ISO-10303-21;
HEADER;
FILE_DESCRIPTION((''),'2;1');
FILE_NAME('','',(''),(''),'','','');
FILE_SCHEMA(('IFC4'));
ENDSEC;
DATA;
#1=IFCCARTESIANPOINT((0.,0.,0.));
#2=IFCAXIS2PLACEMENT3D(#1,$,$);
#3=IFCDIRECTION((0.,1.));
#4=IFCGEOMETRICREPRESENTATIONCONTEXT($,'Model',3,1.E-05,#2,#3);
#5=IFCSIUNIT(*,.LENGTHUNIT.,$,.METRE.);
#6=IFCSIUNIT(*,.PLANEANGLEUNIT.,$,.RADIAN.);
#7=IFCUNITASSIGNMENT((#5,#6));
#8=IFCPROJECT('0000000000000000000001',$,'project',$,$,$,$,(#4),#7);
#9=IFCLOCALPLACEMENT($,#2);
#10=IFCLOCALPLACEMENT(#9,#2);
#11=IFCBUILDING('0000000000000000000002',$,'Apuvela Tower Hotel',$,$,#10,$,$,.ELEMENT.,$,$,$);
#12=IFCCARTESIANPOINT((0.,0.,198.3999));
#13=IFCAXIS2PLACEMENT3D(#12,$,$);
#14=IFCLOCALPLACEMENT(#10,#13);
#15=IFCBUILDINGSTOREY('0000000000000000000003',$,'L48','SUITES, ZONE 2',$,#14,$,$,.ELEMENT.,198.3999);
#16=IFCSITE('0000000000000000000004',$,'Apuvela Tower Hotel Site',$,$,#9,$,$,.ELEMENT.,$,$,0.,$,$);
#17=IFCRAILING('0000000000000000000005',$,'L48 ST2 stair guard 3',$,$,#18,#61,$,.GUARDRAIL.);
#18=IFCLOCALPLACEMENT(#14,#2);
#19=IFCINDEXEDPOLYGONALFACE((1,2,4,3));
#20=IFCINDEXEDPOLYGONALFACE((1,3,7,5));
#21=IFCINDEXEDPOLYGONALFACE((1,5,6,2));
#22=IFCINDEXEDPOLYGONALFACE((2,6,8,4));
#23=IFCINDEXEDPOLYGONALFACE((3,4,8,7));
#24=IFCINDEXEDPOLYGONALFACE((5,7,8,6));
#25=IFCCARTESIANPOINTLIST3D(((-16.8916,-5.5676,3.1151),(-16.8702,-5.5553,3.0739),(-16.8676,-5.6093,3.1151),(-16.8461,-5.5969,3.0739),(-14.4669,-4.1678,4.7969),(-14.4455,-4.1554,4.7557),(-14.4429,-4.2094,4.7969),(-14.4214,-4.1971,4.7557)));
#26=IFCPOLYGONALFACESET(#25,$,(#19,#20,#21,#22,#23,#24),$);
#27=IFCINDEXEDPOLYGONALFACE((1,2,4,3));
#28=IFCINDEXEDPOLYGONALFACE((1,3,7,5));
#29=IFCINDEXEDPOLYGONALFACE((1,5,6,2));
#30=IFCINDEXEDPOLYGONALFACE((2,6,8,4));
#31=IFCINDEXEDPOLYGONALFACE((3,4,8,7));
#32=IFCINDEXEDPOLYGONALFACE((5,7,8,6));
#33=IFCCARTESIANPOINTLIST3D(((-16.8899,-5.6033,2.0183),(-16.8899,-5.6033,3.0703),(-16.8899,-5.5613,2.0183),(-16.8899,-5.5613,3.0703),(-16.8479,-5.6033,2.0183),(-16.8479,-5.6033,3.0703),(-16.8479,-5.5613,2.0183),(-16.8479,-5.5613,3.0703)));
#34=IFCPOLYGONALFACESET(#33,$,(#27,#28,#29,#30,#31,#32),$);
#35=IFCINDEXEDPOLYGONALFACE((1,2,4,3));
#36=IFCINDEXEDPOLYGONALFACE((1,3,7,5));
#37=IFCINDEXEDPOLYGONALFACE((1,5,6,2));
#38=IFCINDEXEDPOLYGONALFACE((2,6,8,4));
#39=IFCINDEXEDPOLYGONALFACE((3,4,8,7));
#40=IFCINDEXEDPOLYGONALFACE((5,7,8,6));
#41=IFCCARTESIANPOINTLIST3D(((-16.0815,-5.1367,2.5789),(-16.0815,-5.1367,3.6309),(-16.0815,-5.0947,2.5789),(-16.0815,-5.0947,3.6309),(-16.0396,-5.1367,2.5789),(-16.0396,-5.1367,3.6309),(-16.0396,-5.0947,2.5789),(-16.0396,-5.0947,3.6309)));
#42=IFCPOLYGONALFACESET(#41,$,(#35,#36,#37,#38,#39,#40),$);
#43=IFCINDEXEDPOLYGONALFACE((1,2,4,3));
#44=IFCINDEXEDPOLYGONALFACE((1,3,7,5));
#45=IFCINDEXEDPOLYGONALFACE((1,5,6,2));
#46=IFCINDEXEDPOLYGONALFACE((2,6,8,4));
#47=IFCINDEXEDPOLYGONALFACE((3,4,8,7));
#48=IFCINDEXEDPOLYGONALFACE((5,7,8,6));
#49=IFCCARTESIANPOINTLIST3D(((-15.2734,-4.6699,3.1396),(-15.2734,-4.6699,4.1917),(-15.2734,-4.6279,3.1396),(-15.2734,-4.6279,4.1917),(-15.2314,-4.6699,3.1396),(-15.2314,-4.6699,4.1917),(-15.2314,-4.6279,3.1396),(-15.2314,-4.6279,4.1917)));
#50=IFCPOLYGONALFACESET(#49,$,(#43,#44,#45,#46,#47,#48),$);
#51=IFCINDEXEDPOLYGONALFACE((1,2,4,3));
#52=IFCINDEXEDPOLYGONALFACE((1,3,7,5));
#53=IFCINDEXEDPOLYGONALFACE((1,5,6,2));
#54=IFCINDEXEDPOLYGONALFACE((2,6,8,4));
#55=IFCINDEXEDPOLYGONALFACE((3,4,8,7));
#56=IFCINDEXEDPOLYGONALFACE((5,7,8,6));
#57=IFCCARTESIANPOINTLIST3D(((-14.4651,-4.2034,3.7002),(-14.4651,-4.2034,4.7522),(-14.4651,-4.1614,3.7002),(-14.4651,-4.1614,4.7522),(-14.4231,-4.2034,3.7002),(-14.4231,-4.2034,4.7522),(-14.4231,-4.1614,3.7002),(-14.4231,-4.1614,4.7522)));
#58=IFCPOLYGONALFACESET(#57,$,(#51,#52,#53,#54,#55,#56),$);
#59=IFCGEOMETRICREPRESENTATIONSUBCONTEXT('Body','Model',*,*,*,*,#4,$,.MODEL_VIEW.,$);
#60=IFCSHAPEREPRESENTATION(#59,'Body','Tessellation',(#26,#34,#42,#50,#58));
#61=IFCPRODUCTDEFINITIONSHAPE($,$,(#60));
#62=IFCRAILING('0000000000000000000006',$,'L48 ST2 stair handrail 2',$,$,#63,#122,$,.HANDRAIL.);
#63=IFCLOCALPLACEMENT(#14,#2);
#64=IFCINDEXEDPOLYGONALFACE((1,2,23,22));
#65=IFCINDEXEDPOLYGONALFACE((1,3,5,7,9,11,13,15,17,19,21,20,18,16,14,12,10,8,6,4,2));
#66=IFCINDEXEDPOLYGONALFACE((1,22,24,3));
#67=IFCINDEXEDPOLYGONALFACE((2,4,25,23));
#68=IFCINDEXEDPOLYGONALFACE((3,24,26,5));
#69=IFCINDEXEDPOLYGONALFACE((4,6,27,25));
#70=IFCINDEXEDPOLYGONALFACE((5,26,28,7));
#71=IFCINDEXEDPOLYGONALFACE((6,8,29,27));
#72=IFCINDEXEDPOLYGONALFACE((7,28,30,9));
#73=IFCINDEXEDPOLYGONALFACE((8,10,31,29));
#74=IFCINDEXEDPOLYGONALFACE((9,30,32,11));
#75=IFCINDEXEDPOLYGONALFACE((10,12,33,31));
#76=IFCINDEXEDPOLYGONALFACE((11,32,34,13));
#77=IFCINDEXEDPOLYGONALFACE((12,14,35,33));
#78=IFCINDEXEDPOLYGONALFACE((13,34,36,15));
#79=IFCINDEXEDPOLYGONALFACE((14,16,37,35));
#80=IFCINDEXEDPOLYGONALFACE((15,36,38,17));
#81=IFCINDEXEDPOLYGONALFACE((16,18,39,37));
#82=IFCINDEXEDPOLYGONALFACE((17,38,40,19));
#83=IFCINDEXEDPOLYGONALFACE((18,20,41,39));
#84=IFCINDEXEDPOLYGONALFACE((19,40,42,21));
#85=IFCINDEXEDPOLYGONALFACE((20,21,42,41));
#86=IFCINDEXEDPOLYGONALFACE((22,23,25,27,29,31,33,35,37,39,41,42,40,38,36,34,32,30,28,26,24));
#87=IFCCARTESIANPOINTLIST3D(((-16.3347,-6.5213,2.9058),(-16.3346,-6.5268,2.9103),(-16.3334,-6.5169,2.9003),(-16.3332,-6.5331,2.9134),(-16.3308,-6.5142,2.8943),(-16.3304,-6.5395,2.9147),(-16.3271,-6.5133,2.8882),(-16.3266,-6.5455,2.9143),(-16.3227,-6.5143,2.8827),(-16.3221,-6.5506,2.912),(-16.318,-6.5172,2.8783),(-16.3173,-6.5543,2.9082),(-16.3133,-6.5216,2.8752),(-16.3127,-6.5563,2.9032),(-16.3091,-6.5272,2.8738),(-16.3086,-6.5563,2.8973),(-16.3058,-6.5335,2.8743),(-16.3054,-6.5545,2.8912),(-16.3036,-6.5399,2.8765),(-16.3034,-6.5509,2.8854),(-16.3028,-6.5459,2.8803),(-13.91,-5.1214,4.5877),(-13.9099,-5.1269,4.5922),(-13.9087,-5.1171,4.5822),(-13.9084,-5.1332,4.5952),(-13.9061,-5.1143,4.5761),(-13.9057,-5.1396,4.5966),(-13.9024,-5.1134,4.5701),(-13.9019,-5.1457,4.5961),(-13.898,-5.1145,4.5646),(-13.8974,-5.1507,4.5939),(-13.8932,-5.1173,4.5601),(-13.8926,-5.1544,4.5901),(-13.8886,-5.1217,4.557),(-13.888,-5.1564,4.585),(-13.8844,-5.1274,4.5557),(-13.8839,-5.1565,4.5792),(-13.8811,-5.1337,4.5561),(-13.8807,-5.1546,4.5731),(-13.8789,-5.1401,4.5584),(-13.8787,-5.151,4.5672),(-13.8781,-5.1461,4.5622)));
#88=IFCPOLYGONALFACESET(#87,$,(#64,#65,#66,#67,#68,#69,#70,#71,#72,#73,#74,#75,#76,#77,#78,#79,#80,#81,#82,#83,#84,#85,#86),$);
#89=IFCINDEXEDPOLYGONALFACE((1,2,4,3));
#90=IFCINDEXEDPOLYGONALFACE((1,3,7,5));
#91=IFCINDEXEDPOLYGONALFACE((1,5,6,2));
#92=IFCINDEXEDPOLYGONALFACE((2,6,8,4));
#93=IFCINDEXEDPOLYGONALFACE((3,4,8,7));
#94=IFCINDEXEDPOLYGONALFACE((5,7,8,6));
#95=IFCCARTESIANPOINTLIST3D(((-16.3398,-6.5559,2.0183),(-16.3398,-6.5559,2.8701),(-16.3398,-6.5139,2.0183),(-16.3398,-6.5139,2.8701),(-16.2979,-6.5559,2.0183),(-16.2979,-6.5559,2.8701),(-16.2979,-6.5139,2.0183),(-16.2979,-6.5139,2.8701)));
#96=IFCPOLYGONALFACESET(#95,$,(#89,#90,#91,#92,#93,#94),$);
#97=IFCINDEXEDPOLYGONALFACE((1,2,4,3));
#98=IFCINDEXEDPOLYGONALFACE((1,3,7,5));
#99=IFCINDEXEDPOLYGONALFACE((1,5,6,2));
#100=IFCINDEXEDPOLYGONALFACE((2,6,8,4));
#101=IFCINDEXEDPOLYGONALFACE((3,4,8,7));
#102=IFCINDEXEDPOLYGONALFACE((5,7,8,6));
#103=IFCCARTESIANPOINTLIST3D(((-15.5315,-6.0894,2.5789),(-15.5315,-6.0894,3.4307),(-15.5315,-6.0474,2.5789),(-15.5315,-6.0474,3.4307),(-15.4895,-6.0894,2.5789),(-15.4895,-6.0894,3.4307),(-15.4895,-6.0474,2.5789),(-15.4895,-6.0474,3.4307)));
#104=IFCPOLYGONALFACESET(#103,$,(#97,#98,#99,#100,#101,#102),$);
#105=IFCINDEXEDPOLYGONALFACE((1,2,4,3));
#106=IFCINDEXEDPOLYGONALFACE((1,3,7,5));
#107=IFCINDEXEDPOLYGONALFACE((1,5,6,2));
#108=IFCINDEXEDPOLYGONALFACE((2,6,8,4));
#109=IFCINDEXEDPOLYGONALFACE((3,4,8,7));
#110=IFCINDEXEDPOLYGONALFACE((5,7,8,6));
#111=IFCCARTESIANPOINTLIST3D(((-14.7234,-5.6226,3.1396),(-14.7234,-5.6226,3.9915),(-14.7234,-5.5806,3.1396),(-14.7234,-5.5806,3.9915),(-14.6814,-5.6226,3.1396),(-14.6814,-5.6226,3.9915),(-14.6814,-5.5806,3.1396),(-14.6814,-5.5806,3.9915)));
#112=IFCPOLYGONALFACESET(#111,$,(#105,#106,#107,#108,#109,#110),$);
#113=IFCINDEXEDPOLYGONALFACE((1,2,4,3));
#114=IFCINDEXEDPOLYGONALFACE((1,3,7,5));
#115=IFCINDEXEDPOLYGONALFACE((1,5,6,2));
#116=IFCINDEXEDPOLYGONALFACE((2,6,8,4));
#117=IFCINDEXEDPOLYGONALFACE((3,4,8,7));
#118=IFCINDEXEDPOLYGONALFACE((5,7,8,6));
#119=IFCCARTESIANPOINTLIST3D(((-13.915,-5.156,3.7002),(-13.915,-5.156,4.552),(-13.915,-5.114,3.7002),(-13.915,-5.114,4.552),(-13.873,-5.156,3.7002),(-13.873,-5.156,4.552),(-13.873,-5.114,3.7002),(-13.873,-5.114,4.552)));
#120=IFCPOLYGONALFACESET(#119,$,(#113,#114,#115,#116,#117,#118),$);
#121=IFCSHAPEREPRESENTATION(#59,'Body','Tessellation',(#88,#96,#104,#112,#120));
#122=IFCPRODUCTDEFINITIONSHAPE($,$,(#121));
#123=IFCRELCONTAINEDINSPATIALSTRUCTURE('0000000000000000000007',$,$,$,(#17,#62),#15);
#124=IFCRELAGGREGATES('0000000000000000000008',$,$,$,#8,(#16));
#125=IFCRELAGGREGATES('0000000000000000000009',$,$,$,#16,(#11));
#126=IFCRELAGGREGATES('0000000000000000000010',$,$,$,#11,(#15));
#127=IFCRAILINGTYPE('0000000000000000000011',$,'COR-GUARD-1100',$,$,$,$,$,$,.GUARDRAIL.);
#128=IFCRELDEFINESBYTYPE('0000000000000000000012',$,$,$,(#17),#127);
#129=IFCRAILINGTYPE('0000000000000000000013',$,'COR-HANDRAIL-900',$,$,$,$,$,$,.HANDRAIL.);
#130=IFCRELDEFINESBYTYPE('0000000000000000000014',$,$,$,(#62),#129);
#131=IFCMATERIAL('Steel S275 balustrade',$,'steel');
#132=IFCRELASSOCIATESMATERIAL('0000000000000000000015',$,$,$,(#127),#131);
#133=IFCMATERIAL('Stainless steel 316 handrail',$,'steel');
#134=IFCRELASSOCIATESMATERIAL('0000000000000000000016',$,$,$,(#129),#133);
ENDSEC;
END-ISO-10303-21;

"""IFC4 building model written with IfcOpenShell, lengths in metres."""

from ifc_helpers import new_model, si_unit, direction, frame, origin, origin_2d, place, context, subcontext, project, spatial, rectangle, circle, extrude, material, type_object, element, save


model = new_model("IFC4")

# Units and contexts
model_context = context("Model", 3, precision=1e-05, world=origin(), true_north=direction((0.0, 1.0)))
body_context = subcontext(model_context, "Body", "Model", "MODEL_VIEW")
ifc_project = project(units=[si_unit("LENGTHUNIT", "METRE"), si_unit("PLANEANGLEUNIT", "RADIAN")], contexts=[model_context])

# Site, building, storey
site_placement = place(None, origin())
site = spatial("IfcSite", under=ifc_project, at=site_placement, Name="Apuvela Tower Hotel Site", CompositionType="ELEMENT", RefElevation=0.0)
building_placement = place(site_placement, origin())
building = spatial("IfcBuilding", under=site, at=building_placement, Name="Apuvela Tower Hotel", CompositionType="ELEMENT")
storey_placement = place(building_placement, frame((0.0, 0.0, 198.3999)))
storey = spatial("IfcBuildingStorey", under=building, at=storey_placement, Name="L48", Description="SUITES, ZONE 2", CompositionType="ELEMENT", Elevation=198.3999)

# Railings
ifc_material_1 = material(Name="Steel S275 balustrade", Category="steel")
railing_type_1 = type_object("IfcRailingType", Name="COR-GUARD-1100", PredefinedType="GUARDRAIL", material=ifc_material_1)
railing_1_placement = place(storey_placement, frame((-16.8689, -5.5823, 2.0183)))
element("IfcRailing", 1, at=railing_1_placement, inside=storey, type_object=railing_type_1, Name="L48 ST2 stair guard 3", PredefinedType="GUARDRAIL", context=body_context, shape_type="SweptSolid", body=[
    extrude(rectangle(XDim=0.0481, YDim=0.0481, at=origin_2d()), frame((0.0, 0.0, 1.0762), z_axis=(0.74239, 0.428601, 0.514934), x_axis=(-0.499984, 0.866035, 0.0)), (0.0, 0.0, 1.0), 3.2661),
    extrude(rectangle(XDim=0.042, YDim=0.042, at=origin_2d()), origin(), (0.0, 0.0, 1.0), 1.052),
    extrude(rectangle(XDim=0.042, YDim=0.042, at=origin_2d()), frame((0.8083, 0.4666, 0.5605)), (0.0, 0.0, 1.0), 1.052),
    extrude(rectangle(XDim=0.042, YDim=0.042, at=origin_2d()), frame((1.6165, 0.9333, 1.1213)), (0.0, 0.0, 1.0), 1.052),
    extrude(rectangle(XDim=0.042, YDim=0.042, at=origin_2d()), frame((2.4248, 1.3999, 1.6819)), (0.0, 0.0, 1.0), 1.052),
])
ifc_material_2 = material(Name="Stainless steel 316 handrail", Category="steel")
railing_type_2 = type_object("IfcRailingType", Name="COR-HANDRAIL-900", PredefinedType="HANDRAIL", material=ifc_material_2)
railing_2_placement = place(storey_placement, frame((-16.3188, -6.5349, 2.0183)))
element("IfcRailing", 2, at=railing_2_placement, inside=storey, type_object=railing_type_2, Name="L48 ST2 stair handrail 2", PredefinedType="HANDRAIL", context=body_context, shape_type="SweptSolid", body=[
    extrude(circle(Radius=0.0239, at=origin_2d()), frame((0.0, 0.0, 0.876), z_axis=(0.74239, 0.428601, 0.514934), x_axis=(-0.499984, 0.866035, 0.0)), (0.0, 0.0, 1.0), 3.2661),
    extrude(rectangle(XDim=0.042, YDim=0.042, at=origin_2d()), origin(), (0.0, 0.0, 1.0), 0.8518),
    extrude(rectangle(XDim=0.042, YDim=0.042, at=origin_2d()), frame((0.8083, 0.4666, 0.5605)), (0.0, 0.0, 1.0), 0.8518),
    extrude(rectangle(XDim=0.042, YDim=0.042, at=origin_2d()), frame((1.6165, 0.9333, 1.1213)), (0.0, 0.0, 1.0), 0.8518),
    extrude(rectangle(XDim=0.042, YDim=0.042, at=origin_2d()), frame((2.4248, 1.3999, 1.6819)), (0.0, 0.0, 1.0), 0.8518),
])

save(model, "model.ifc")
